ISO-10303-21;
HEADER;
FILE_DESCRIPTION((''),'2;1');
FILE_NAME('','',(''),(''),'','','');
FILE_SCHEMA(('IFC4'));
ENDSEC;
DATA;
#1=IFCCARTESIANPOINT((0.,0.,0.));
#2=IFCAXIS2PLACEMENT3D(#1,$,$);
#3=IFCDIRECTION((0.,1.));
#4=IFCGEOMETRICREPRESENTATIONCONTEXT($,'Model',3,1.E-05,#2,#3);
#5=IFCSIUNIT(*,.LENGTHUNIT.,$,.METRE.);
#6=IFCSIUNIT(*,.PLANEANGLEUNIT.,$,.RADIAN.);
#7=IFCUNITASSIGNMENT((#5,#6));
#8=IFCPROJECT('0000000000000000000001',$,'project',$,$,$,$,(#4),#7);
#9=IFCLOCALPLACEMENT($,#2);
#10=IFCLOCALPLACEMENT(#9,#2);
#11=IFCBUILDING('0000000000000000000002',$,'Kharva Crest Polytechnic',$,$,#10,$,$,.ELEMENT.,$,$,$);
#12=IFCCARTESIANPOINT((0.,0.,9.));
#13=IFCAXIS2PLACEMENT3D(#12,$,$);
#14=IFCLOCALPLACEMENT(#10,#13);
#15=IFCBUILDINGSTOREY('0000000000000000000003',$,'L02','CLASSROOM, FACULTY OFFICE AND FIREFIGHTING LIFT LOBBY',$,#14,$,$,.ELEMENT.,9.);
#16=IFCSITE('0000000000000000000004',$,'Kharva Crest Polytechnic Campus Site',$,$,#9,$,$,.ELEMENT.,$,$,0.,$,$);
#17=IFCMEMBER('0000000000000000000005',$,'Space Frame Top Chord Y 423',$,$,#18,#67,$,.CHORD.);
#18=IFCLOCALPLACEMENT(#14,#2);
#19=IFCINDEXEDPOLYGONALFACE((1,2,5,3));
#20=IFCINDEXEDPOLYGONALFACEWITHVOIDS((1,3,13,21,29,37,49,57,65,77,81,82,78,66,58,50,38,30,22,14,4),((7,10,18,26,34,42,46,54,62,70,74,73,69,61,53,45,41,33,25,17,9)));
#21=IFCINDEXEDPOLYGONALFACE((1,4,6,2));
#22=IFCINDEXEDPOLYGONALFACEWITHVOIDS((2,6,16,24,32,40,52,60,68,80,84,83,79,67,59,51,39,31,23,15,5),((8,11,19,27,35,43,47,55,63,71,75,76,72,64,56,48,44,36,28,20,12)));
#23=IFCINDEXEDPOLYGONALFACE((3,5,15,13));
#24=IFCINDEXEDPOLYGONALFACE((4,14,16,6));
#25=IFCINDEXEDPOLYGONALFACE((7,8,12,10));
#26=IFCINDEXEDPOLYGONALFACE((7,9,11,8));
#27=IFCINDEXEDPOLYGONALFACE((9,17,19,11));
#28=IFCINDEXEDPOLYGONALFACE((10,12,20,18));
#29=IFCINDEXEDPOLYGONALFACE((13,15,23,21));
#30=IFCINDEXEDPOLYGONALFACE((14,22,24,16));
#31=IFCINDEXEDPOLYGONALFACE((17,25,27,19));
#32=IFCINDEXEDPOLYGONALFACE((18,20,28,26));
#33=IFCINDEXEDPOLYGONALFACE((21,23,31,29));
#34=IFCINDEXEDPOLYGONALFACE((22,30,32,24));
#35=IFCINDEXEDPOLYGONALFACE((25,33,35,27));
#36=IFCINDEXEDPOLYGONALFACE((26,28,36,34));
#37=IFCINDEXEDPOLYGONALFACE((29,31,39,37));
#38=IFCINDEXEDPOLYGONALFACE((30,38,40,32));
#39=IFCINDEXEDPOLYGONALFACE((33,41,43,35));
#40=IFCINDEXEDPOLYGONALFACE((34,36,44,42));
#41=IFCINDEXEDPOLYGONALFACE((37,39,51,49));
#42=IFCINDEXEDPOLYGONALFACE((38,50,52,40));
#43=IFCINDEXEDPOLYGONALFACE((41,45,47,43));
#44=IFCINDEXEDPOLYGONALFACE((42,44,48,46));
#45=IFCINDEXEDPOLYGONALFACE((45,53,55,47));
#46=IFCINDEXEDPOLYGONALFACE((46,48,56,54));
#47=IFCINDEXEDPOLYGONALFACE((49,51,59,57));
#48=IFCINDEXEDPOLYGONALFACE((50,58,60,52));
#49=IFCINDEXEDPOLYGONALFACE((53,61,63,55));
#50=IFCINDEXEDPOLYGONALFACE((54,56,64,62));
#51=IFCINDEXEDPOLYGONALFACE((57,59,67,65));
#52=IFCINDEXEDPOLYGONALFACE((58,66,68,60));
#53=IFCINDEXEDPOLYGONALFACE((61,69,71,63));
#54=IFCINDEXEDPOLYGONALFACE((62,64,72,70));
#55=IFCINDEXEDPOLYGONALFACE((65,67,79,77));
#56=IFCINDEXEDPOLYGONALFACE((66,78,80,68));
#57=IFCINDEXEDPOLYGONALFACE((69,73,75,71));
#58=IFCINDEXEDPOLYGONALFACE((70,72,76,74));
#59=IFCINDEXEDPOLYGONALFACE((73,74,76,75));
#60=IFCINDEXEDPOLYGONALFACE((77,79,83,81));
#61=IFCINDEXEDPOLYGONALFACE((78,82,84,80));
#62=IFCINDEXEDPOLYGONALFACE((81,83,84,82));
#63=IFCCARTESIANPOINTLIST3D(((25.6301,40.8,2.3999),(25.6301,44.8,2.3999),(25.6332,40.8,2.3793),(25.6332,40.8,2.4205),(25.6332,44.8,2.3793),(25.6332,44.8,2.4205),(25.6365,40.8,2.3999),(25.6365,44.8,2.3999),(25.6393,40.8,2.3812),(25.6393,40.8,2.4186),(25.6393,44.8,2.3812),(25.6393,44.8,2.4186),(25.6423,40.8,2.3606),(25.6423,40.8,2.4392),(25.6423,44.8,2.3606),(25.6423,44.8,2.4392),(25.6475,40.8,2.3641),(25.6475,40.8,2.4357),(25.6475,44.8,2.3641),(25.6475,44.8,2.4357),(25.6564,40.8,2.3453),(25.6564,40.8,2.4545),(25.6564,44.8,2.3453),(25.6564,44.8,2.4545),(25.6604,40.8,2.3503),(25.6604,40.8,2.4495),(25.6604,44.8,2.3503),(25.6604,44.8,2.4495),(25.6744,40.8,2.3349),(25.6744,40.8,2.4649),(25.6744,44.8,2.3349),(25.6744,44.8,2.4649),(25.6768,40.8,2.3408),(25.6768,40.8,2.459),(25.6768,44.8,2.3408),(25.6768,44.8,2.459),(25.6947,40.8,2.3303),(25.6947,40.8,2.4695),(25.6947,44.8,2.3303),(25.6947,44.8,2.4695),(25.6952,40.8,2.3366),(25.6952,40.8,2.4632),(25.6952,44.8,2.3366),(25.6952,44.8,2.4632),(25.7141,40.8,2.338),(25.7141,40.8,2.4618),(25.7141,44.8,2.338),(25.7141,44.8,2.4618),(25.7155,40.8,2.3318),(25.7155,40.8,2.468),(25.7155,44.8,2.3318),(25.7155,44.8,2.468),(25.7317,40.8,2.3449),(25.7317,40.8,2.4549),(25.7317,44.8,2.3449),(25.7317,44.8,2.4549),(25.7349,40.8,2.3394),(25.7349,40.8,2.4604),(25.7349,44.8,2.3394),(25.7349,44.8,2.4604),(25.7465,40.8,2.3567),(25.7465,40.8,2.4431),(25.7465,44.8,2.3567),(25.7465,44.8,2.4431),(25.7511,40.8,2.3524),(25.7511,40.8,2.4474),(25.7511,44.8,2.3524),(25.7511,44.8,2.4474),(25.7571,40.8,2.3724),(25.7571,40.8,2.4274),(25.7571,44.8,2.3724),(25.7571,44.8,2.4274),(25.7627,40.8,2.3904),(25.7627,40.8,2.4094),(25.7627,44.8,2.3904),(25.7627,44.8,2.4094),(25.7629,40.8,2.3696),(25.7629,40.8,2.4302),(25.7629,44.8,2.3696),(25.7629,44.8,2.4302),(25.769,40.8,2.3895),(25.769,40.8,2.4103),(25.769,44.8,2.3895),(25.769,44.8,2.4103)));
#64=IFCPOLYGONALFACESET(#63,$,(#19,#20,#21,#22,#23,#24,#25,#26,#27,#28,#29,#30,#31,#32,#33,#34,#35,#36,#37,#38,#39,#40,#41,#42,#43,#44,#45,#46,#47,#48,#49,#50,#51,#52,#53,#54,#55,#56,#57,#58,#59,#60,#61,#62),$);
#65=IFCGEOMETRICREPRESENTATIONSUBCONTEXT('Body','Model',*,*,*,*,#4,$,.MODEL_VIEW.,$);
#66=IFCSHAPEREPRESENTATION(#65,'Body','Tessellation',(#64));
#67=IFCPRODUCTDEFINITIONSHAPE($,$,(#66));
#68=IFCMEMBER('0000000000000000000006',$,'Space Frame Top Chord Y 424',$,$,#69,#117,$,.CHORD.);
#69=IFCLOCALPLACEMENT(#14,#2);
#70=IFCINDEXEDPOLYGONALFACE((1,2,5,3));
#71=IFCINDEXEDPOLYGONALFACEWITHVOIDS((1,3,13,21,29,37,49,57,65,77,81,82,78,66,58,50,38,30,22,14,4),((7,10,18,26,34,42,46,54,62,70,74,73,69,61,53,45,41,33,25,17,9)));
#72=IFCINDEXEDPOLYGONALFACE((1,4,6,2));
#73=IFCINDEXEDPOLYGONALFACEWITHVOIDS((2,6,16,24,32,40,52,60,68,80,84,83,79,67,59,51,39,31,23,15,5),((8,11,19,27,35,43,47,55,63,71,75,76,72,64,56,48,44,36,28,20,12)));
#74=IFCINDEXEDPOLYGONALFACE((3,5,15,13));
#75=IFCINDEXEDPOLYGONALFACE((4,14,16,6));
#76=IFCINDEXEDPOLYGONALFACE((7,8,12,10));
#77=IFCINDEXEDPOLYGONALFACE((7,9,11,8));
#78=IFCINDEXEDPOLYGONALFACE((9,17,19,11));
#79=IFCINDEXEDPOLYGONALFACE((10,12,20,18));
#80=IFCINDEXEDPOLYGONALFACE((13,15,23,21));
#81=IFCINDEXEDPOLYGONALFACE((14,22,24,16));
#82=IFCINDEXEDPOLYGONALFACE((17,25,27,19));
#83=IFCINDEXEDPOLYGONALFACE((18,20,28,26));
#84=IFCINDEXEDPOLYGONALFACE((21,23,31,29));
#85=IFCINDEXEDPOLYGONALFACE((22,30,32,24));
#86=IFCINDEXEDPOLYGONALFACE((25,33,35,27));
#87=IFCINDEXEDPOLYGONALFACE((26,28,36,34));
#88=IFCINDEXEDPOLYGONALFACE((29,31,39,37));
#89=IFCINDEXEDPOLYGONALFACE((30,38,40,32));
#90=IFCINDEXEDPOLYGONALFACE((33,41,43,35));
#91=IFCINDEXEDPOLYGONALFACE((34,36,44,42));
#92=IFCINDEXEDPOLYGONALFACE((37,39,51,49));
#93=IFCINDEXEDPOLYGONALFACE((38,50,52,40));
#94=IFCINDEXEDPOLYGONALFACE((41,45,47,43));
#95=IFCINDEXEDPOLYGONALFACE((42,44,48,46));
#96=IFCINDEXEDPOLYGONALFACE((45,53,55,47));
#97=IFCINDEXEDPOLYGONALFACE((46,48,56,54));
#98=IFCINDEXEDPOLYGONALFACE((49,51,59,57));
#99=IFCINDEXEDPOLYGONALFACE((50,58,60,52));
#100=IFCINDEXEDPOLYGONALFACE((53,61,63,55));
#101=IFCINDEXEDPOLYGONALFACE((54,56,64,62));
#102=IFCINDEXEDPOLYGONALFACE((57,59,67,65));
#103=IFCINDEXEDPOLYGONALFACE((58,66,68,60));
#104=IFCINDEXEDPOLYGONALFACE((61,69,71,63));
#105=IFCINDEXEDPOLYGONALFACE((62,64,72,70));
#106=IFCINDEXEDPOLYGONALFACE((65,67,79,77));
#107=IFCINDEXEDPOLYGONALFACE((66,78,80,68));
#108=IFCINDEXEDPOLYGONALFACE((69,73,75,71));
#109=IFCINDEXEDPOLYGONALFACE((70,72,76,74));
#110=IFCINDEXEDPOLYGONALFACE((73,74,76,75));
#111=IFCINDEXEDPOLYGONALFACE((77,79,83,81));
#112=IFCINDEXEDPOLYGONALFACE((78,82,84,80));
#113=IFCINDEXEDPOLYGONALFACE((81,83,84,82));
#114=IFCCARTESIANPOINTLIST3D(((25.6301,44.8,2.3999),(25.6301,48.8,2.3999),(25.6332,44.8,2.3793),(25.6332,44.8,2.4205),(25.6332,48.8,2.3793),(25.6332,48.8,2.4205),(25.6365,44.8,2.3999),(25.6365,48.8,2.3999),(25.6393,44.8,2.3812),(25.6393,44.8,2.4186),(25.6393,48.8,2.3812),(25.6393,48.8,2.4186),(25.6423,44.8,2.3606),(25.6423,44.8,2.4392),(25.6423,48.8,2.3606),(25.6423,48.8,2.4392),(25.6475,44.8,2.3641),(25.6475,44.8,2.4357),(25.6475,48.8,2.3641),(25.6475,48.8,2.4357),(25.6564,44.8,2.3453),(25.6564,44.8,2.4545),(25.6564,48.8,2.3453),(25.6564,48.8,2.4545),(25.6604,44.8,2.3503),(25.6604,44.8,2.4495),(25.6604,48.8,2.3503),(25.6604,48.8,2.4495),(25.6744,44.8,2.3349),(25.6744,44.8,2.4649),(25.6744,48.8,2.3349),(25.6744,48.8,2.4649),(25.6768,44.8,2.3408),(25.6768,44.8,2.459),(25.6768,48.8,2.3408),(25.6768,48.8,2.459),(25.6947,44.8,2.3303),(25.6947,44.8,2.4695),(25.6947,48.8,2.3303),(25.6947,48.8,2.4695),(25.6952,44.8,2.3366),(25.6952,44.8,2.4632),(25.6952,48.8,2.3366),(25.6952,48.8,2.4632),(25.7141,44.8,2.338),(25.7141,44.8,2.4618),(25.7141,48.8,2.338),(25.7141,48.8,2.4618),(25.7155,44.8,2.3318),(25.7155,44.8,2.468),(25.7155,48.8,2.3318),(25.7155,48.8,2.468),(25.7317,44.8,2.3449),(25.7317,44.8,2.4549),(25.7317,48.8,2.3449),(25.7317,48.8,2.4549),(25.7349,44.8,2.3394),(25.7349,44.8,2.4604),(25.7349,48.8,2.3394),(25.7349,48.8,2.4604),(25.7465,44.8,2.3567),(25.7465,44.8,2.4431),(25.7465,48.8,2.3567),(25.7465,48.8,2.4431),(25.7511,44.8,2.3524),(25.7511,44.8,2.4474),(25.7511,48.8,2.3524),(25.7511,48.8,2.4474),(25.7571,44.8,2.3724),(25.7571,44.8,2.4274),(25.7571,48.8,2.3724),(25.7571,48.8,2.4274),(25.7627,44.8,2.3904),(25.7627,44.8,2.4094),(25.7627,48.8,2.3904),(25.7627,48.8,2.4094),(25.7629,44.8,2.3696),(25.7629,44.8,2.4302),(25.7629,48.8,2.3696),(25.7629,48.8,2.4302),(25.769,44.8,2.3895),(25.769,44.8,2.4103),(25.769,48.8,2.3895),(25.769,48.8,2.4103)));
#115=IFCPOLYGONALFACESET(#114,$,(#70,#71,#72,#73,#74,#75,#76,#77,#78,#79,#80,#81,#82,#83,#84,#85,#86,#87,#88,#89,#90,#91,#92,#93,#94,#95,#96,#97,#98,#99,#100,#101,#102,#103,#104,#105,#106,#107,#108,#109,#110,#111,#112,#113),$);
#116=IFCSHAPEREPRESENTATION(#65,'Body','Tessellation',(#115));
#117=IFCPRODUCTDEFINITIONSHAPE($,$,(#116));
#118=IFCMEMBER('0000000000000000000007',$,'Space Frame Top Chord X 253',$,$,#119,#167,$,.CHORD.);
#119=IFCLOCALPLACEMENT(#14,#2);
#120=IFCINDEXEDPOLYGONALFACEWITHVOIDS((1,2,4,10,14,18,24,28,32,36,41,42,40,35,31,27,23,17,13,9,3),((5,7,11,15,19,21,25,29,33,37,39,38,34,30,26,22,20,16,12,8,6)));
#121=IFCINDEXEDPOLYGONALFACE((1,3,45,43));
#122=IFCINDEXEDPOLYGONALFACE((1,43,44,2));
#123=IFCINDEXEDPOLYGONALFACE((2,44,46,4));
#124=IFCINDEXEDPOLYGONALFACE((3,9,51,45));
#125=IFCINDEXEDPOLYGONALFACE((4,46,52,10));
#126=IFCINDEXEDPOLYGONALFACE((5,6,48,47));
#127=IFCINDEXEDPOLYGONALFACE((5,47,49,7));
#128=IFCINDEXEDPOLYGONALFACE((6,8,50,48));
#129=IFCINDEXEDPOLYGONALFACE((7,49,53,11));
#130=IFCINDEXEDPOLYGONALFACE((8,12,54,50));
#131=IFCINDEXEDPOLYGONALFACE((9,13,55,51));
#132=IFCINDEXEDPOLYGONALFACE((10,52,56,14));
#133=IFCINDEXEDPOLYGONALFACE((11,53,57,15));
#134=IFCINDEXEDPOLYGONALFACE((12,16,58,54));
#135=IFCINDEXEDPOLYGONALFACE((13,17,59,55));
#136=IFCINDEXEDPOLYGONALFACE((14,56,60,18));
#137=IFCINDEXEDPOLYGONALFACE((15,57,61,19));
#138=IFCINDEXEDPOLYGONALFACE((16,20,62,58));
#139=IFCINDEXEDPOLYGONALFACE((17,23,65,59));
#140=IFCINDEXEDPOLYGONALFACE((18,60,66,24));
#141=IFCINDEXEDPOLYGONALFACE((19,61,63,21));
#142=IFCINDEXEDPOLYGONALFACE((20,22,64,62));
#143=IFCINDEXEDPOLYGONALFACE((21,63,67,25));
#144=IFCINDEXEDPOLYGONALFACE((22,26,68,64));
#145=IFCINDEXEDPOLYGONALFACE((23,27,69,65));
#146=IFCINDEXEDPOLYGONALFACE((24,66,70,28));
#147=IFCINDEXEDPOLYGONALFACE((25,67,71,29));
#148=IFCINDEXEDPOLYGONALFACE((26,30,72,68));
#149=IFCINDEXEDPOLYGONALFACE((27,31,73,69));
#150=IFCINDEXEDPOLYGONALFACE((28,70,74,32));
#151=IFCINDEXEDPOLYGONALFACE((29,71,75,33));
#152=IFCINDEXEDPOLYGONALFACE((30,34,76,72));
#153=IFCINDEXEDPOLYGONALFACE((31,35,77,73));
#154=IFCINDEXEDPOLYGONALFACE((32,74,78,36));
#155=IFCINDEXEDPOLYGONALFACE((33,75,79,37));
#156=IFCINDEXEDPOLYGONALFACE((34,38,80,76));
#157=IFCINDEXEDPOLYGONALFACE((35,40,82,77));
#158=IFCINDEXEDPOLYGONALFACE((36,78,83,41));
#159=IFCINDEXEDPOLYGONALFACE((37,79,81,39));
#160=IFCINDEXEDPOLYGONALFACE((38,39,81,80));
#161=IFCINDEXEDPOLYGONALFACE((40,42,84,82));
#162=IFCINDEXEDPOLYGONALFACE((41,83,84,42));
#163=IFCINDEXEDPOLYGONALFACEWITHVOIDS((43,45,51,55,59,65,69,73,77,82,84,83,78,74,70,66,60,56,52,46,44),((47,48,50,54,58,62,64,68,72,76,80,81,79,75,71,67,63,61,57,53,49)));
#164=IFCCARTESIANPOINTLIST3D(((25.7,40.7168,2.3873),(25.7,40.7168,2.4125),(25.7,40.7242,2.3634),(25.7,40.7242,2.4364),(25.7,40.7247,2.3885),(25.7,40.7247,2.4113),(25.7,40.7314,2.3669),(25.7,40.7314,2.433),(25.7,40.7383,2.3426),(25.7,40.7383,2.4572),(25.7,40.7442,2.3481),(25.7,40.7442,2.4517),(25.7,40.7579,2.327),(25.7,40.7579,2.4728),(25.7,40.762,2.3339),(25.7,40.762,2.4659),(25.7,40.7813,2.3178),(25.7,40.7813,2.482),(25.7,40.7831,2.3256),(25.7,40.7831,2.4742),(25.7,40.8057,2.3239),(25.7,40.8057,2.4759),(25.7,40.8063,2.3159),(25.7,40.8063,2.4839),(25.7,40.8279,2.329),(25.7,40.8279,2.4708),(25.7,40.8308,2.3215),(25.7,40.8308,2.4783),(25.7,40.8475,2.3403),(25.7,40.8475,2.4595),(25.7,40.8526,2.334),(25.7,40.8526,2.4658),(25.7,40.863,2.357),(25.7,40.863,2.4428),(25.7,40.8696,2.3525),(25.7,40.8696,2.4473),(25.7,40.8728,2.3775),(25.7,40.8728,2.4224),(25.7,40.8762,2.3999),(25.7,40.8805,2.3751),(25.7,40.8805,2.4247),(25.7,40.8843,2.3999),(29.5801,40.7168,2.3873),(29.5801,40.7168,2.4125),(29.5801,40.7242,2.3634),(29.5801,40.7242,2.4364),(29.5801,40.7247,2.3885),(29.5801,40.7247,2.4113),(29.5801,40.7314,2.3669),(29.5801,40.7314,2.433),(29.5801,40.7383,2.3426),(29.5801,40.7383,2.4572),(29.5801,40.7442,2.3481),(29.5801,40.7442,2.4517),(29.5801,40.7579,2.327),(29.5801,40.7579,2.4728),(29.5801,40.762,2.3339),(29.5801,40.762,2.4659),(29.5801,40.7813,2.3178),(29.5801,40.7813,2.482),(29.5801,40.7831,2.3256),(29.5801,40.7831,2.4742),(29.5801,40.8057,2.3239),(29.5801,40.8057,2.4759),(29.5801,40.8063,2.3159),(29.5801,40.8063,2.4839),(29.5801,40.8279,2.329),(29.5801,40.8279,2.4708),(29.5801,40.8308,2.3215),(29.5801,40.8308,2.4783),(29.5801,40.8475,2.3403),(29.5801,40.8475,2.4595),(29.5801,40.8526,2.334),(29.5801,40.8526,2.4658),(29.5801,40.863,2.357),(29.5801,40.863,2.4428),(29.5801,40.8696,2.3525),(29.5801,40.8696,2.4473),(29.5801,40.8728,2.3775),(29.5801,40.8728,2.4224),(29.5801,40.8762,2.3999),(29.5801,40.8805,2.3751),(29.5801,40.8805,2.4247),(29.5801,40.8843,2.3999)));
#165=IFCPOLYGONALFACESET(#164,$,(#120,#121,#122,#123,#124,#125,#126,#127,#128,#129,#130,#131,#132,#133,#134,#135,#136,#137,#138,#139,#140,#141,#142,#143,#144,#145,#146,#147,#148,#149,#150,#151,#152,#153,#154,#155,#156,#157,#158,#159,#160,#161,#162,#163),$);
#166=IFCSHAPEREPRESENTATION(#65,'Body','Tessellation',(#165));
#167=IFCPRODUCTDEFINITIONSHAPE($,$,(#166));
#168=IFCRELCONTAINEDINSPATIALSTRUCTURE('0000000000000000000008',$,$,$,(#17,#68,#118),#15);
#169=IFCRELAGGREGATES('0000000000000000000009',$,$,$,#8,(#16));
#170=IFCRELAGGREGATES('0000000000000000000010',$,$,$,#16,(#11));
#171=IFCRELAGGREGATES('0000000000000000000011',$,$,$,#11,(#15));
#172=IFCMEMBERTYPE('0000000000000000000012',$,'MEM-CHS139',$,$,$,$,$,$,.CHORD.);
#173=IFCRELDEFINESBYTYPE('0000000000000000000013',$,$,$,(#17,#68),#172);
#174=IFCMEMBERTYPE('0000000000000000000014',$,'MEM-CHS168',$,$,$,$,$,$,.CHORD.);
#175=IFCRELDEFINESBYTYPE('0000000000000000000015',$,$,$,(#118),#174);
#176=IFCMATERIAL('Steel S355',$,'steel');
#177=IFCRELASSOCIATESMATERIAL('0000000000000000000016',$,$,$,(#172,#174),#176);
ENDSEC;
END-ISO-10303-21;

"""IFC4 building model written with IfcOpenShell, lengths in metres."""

from ifc_helpers import new_model, si_unit, direction, frame, origin, origin_2d, place, context, subcontext, project, spatial, hollow_circle, extrude, material, material_profile, profile_set, type_object, element, save


model = new_model("IFC4")

# Units and contexts
model_context = context("Model", 3, precision=1e-05, world=origin(), true_north=direction((0.0, 1.0)))
body_context = subcontext(model_context, "Body", "Model", "MODEL_VIEW")
ifc_project = project(units=[si_unit("LENGTHUNIT", "METRE"), si_unit("PLANEANGLEUNIT", "RADIAN")], contexts=[model_context])

# Site, building, storey
site_placement = place(None, origin())
site = spatial("IfcSite", under=ifc_project, at=site_placement, Name="Kharva Crest Polytechnic Campus Site", CompositionType="ELEMENT", RefElevation=0.0)
building_placement = place(site_placement, origin())
building = spatial("IfcBuilding", under=site, at=building_placement, Name="Kharva Crest Polytechnic", CompositionType="ELEMENT")
storey_placement = place(building_placement, frame((0.0, 0.0, 9.0)))
storey = spatial("IfcBuildingStorey", under=building, at=storey_placement, Name="L02", Description="CLASSROOM, FACULTY OFFICE AND FIREFIGHTING LIFT LOBBY", CompositionType="ELEMENT", Elevation=9.0)

# Shared definitions
ifc_material_1 = material(Name="Steel S355", Category="steel")

# Members
ifc_material_profile_1 = material_profile(ifc_material_1, hollow_circle(Radius=0.0698, WallThickness=0.0063, at=origin_2d()), Name="CHS 139.7X6.3")
ifc_profile_set_1 = profile_set([ifc_material_profile_1], Name="Steel S355")
member_type_1 = type_object("IfcMemberType", Name="MEM-CHS139", PredefinedType="CHORD", material=ifc_profile_set_1)
for number, where, z_axis, x_axis, name in (
    (1, (25.7, 40.8, 2.3999), (0.0, 1.0, 0.0), (-1.0, 0.0, 0.0), "Space Frame Top Chord Y 423"),
    (2, (25.7, 44.8, 2.3999), (0.0, 1.0, 0.0), (-1.0, 0.0, 0.0), "Space Frame Top Chord Y 424"),
):
    element("IfcMember", number, at=place(storey_placement, frame(where, z_axis=z_axis, x_axis=x_axis)), inside=storey, type_object=member_type_1, Name=name, PredefinedType="CHORD", context=body_context, shape_type="SweptSolid", body=[
        extrude(hollow_circle(Radius=0.0698, WallThickness=0.0063, at=origin_2d()), origin(), (0.0, 0.0, 1.0), 4.0),
    ])
ifc_material_profile_2 = material_profile(ifc_material_1, hollow_circle(Radius=0.0842, WallThickness=0.0081, at=origin_2d()), Name="CHS 168.3X8.0")
ifc_profile_set_2 = profile_set([ifc_material_profile_2], Name="Steel S355")
member_type_2 = type_object("IfcMemberType", Name="MEM-CHS168", PredefinedType="CHORD", material=ifc_profile_set_2)
for number, where, z_axis, x_axis, name in (
    (3, (25.7, 40.8, 2.3999), (1.0, 0.0, 0.0), (0.0, 1.0, 0.0), "Space Frame Top Chord X 253"),
):
    element("IfcMember", number, at=place(storey_placement, frame(where, z_axis=z_axis, x_axis=x_axis)), inside=storey, type_object=member_type_2, Name=name, PredefinedType="CHORD", context=body_context, shape_type="SweptSolid", body=[
        extrude(hollow_circle(Radius=0.0842, WallThickness=0.0081, at=origin_2d()), origin(), (0.0, 0.0, 1.0), 3.8801),
    ])

save(model, "model.ifc")
